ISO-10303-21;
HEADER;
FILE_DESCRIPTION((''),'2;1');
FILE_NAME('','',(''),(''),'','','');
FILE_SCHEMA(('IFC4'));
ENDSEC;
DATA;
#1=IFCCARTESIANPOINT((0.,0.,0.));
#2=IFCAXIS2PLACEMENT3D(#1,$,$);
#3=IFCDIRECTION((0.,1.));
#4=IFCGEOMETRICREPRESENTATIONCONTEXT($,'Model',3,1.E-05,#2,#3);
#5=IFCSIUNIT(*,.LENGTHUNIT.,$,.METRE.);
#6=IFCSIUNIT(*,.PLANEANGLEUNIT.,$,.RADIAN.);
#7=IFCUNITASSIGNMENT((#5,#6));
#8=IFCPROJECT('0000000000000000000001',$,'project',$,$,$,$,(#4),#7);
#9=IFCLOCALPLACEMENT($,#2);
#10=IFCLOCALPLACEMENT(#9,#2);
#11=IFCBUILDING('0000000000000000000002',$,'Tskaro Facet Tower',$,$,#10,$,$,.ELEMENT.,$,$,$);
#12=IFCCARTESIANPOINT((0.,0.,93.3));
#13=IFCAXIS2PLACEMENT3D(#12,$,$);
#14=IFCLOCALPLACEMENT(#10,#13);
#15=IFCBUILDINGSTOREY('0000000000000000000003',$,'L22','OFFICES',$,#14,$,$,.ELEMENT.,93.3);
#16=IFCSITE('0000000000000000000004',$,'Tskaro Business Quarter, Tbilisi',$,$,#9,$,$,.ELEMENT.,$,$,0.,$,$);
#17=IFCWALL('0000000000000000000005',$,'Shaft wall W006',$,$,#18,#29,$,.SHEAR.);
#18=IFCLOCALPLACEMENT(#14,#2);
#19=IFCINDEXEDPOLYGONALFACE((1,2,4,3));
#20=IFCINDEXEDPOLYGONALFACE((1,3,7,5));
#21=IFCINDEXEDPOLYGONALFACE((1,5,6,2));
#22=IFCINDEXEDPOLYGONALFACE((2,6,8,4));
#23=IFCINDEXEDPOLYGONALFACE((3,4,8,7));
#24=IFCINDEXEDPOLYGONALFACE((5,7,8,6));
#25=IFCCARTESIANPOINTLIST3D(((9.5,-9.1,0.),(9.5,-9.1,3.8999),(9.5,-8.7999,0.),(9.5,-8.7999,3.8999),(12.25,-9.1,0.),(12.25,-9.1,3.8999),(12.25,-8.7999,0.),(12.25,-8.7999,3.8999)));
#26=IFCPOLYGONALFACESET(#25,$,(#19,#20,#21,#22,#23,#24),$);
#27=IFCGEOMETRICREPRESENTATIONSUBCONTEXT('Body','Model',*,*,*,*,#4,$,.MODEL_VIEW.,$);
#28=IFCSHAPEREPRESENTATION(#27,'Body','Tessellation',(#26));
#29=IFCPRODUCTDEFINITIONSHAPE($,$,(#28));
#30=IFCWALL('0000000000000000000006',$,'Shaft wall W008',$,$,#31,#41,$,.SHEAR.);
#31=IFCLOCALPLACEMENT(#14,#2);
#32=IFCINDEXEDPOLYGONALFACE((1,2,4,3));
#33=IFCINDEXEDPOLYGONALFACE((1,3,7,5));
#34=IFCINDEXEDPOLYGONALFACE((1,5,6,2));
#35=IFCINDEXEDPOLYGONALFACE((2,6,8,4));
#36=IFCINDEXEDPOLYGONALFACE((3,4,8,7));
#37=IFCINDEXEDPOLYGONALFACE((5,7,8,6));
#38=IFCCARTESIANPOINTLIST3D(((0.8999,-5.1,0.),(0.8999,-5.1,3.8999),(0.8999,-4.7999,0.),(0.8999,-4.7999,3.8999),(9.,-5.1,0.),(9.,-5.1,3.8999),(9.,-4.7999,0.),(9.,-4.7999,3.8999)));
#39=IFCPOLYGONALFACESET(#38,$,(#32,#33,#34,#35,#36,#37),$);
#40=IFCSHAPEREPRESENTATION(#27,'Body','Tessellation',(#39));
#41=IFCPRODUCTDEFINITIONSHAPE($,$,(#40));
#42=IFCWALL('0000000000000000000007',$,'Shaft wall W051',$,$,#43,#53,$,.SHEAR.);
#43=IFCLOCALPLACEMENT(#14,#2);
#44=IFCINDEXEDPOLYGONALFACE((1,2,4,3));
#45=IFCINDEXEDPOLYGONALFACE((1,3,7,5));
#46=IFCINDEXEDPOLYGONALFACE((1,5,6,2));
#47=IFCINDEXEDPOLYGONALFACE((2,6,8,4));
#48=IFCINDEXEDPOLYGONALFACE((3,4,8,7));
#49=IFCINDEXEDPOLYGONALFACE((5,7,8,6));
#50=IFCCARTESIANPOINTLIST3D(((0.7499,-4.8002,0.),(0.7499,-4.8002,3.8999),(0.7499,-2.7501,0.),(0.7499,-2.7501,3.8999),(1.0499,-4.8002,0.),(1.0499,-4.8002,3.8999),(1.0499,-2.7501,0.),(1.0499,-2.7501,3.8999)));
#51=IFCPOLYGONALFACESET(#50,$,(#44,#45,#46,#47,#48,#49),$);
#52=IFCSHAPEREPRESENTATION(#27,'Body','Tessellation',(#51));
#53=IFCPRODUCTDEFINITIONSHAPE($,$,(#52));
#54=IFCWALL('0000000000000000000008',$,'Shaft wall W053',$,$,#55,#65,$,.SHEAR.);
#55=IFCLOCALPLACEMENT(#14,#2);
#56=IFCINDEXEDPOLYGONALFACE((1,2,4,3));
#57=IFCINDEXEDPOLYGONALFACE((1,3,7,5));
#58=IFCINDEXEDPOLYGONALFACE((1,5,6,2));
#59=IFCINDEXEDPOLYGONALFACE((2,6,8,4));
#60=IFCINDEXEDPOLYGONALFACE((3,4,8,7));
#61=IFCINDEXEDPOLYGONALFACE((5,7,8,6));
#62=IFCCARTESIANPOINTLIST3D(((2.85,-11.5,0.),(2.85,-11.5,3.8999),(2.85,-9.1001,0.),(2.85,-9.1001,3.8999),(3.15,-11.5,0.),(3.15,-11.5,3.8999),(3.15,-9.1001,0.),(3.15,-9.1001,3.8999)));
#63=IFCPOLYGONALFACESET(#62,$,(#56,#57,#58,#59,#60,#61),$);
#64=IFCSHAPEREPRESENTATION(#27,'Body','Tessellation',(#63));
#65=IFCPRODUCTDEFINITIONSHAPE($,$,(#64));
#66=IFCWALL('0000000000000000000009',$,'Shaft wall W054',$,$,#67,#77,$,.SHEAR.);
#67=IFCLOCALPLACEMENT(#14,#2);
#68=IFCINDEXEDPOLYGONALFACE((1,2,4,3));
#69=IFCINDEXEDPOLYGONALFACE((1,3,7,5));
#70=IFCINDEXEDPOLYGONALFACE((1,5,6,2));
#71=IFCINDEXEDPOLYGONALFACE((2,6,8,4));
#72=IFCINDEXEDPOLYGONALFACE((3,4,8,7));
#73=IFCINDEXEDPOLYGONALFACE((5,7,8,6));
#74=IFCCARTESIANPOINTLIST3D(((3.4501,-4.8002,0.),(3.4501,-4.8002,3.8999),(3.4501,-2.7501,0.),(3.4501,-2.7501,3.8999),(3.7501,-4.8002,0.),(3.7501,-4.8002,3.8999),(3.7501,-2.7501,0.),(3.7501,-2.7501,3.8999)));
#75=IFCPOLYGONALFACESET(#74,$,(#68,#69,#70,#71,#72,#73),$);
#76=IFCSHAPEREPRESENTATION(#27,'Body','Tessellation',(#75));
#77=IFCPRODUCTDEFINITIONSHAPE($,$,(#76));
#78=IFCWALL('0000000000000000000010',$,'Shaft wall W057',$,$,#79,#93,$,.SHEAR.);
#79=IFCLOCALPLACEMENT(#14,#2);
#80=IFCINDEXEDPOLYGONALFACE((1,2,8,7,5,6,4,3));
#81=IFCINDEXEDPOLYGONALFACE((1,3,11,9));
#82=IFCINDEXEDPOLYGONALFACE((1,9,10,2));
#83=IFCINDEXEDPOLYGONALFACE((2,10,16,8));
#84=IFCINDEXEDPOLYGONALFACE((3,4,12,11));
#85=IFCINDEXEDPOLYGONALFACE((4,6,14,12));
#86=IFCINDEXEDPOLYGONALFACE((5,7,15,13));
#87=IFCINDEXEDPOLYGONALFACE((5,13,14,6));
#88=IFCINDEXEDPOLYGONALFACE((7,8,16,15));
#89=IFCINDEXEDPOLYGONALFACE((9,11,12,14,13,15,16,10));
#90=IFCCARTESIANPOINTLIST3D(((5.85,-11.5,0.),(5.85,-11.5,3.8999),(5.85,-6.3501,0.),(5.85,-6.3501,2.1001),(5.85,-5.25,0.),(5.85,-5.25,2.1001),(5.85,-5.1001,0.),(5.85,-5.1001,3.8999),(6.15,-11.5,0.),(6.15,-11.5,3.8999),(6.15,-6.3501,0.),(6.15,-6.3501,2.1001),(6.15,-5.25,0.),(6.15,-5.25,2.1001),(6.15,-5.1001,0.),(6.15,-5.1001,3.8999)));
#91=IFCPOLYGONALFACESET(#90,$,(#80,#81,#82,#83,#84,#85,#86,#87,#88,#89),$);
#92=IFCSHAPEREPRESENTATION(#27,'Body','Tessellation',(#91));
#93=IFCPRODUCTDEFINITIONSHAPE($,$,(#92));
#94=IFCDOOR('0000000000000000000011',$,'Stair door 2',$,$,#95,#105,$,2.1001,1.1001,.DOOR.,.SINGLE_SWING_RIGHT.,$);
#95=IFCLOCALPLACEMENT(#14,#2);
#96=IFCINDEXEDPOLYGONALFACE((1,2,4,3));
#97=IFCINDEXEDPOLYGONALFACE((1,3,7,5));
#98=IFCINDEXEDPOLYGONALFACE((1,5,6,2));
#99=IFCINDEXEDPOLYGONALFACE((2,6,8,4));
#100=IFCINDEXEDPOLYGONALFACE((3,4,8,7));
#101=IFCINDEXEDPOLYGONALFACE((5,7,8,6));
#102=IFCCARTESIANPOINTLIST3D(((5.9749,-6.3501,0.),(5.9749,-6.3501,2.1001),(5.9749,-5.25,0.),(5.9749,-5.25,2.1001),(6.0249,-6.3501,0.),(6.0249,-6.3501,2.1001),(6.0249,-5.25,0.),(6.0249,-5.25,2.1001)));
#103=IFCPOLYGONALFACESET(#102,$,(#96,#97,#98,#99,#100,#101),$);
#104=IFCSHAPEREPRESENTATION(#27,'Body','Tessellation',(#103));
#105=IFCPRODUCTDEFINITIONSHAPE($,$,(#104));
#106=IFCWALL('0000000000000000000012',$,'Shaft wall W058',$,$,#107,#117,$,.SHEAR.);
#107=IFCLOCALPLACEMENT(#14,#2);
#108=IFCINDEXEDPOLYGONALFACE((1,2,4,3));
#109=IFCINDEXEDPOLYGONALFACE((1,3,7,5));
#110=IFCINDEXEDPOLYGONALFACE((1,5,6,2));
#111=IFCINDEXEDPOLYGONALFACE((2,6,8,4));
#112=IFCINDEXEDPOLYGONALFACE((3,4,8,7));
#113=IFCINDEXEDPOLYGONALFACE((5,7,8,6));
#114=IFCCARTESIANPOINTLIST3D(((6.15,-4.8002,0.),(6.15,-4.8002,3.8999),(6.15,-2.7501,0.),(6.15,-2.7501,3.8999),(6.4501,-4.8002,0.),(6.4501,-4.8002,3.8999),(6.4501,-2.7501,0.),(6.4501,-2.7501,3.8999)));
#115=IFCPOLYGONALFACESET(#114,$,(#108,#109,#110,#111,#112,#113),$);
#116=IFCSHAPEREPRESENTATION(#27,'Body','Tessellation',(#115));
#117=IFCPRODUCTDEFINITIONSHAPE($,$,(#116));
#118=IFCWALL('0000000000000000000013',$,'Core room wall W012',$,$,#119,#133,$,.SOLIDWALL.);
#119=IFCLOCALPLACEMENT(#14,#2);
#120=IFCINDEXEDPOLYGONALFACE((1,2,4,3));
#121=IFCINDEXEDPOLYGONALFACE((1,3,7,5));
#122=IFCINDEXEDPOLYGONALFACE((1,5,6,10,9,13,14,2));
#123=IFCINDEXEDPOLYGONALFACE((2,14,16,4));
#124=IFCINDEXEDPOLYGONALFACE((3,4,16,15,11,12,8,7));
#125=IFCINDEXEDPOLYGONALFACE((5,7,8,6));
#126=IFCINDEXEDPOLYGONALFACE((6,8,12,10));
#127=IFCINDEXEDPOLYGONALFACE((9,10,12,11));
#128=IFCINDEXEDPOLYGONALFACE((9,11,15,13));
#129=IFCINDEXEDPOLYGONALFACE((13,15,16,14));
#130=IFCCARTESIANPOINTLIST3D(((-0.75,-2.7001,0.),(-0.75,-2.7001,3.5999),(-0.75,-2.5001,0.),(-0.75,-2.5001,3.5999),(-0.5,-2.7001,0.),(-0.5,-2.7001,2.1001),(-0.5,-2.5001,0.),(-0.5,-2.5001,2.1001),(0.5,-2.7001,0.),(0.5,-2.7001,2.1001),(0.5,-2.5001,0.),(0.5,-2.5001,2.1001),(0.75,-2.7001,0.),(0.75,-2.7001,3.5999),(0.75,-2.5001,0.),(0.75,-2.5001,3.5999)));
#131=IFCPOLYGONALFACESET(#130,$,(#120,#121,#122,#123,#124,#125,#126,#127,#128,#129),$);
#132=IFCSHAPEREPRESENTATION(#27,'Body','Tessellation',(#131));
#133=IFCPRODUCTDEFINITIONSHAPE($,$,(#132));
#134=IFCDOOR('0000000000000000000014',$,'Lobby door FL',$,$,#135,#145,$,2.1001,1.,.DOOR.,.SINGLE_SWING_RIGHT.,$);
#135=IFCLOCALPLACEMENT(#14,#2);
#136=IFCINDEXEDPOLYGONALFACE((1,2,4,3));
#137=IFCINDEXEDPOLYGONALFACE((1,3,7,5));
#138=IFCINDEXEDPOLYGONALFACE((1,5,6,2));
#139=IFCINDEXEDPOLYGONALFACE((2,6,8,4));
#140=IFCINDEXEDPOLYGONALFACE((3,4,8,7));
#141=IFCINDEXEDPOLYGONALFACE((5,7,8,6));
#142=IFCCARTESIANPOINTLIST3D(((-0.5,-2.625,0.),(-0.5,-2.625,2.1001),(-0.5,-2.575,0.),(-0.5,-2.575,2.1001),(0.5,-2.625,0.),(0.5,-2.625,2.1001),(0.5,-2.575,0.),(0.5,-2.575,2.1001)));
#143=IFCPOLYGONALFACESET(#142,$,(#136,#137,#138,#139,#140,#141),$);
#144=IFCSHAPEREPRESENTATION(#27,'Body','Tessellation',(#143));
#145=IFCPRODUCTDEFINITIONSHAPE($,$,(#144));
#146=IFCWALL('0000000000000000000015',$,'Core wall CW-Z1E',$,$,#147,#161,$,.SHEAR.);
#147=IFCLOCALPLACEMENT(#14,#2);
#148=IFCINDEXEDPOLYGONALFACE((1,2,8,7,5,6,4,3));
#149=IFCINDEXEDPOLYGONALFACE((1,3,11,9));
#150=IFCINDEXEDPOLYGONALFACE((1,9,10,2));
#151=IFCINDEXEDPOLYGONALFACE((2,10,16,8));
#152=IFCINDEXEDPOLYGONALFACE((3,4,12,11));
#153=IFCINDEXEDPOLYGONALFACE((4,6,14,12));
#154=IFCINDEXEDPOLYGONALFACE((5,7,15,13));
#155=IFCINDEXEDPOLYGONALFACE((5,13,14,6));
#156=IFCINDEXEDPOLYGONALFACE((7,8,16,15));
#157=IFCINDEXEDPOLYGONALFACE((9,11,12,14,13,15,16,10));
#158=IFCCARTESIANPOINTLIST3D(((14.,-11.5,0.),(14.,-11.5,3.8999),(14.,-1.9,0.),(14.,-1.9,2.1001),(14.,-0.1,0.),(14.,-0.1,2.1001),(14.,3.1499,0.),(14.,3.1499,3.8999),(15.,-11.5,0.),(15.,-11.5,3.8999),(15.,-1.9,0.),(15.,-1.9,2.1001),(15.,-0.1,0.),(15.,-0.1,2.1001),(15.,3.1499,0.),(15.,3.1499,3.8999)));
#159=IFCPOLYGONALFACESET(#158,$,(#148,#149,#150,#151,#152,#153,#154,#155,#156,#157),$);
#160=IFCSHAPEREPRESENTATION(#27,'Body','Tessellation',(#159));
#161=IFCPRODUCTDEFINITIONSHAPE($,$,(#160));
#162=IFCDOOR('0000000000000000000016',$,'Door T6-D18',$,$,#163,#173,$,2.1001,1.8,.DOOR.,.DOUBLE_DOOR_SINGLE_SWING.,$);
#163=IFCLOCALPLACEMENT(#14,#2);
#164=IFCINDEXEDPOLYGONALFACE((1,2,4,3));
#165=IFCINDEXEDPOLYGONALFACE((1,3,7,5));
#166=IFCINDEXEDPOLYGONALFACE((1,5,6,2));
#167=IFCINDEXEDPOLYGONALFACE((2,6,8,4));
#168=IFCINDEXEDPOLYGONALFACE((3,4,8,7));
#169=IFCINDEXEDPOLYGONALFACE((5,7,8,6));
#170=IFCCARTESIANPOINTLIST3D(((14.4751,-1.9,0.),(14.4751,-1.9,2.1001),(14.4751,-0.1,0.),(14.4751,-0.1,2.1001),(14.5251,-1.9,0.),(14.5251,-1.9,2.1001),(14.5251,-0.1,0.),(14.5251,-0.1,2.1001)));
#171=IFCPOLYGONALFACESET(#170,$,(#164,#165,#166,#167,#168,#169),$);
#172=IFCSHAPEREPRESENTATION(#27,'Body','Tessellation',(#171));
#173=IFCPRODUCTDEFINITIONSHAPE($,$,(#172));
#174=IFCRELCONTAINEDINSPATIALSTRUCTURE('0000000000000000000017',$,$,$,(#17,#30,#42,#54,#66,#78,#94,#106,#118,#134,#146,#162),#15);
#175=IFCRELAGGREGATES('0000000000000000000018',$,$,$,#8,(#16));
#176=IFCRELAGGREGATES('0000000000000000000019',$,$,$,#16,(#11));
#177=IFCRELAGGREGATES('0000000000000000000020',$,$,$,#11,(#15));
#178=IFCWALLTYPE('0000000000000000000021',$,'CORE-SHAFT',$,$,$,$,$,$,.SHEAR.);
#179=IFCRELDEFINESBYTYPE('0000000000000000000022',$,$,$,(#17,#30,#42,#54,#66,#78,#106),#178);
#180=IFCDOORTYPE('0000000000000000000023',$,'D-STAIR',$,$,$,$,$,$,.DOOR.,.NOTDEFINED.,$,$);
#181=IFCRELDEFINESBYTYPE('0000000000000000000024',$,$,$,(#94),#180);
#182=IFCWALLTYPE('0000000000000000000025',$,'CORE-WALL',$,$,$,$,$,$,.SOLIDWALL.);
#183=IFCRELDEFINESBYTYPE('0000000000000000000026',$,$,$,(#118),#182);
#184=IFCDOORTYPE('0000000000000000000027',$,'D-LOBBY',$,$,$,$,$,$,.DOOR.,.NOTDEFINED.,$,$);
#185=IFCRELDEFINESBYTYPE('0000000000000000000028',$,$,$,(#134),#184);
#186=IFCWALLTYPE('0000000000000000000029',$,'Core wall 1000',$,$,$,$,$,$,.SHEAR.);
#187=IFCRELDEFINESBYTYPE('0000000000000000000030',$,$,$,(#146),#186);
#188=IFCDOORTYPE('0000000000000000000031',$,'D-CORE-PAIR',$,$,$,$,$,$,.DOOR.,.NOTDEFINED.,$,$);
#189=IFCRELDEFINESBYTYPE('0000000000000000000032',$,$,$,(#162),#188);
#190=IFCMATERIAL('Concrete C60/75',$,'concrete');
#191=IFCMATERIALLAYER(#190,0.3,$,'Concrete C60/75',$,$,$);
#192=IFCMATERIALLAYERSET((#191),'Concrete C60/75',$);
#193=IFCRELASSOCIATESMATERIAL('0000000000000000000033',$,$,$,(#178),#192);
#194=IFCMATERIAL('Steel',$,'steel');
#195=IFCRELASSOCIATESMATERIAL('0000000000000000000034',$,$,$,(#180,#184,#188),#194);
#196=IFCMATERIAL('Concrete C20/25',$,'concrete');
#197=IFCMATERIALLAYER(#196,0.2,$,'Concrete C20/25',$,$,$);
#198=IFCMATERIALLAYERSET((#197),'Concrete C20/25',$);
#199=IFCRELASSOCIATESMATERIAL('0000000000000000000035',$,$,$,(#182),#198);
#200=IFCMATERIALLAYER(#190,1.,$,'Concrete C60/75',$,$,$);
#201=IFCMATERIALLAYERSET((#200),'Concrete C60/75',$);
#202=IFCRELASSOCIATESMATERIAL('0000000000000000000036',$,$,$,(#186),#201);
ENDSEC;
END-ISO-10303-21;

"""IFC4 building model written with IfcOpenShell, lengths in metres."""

from ifc_helpers import new_model, si_unit, direction, frame, frame_2d, origin, place, context, subcontext, project, spatial, rectangle, extrude, material, layer, layer_set, type_object, element, fill, save


model = new_model("IFC4")

# Units and contexts
model_context = context("Model", 3, precision=1e-05, world=origin(), true_north=direction((0.0, 1.0)))
body_context = subcontext(model_context, "Body", "Model", "MODEL_VIEW")
ifc_project = project(units=[si_unit("LENGTHUNIT", "METRE"), si_unit("PLANEANGLEUNIT", "RADIAN")], contexts=[model_context])

# Site, building, storey
site_placement = place(None, origin())
site = spatial("IfcSite", under=ifc_project, at=site_placement, Name="Tskaro Business Quarter, Tbilisi", CompositionType="ELEMENT", RefElevation=0.0)
building_placement = place(site_placement, origin())
building = spatial("IfcBuilding", under=site, at=building_placement, Name="Tskaro Facet Tower", CompositionType="ELEMENT")
storey_placement = place(building_placement, frame((0.0, 0.0, 93.3)))
storey = spatial("IfcBuildingStorey", under=building, at=storey_placement, Name="L22", Description="OFFICES", CompositionType="ELEMENT", Elevation=93.3)

# Walls
ifc_material_1 = material(Name="Concrete C60/75", Category="concrete")
ifc_layer_1 = layer(ifc_material_1, 0.3, Name="Concrete C60/75")
ifc_layer_set_1 = layer_set([ifc_layer_1], Name="Concrete C60/75")
wall_type_1 = type_object("IfcWallType", Name="CORE-SHAFT", PredefinedType="SHEAR", material=ifc_layer_set_1)
wall_1_placement = place(storey_placement, frame((9.5, -8.95, 0.0), z_axis=(0.0, 0.0, 1.0), x_axis=(1.0, 0.0, 0.0)))
element("IfcWall", 1, at=wall_1_placement, inside=storey, type_object=wall_type_1, Name="Shaft wall W006", PredefinedType="SHEAR", context=body_context, shape_type="SweptSolid", body=[
    extrude(rectangle(XDim=2.75, YDim=0.3, at=frame_2d((1.375, 0.0))), origin(), (0.0, 0.0, 1.0), 3.8999),
])
wall_2_placement = place(storey_placement, frame((0.8999, -4.95, 0.0), z_axis=(0.0, 0.0, 1.0), x_axis=(1.0, 0.0, 0.0)))
element("IfcWall", 2, at=wall_2_placement, inside=storey, type_object=wall_type_1, Name="Shaft wall W008", PredefinedType="SHEAR", context=body_context, shape_type="SweptSolid", body=[
    extrude(rectangle(XDim=8.1001, YDim=0.3, at=frame_2d((4.05, 0.0))), origin(), (0.0, 0.0, 1.0), 3.8999),
])
wall_3_placement = place(storey_placement, frame((0.8999, -4.8, 0.0), z_axis=(0.0, 0.0, 1.0), x_axis=(0.0, 1.0, 0.0)))
element("IfcWall", 3, at=wall_3_placement, inside=storey, type_object=wall_type_1, Name="Shaft wall W051", PredefinedType="SHEAR", context=body_context, shape_type="SweptSolid", body=[
    extrude(rectangle(XDim=2.05, YDim=0.3, at=frame_2d((1.0249, 0.0))), origin(), (0.0, 0.0, 1.0), 3.8999),
])
wall_4_placement = place(storey_placement, frame((3.0, -11.5, 0.0), z_axis=(0.0, 0.0, 1.0), x_axis=(0.0, 1.0, 0.0)))
element("IfcWall", 4, at=wall_4_placement, inside=storey, type_object=wall_type_1, Name="Shaft wall W053", PredefinedType="SHEAR", context=body_context, shape_type="SweptSolid", body=[
    extrude(rectangle(XDim=2.3999, YDim=0.3, at=frame_2d((1.2, 0.0))), origin(), (0.0, 0.0, 1.0), 3.8999),
])
wall_5_placement = place(storey_placement, frame((3.6001, -4.8, 0.0), z_axis=(0.0, 0.0, 1.0), x_axis=(0.0, 1.0, 0.0)))
element("IfcWall", 5, at=wall_5_placement, inside=storey, type_object=wall_type_1, Name="Shaft wall W054", PredefinedType="SHEAR", context=body_context, shape_type="SweptSolid", body=[
    extrude(rectangle(XDim=2.05, YDim=0.3, at=frame_2d((1.0249, 0.0))), origin(), (0.0, 0.0, 1.0), 3.8999),
])

# Wall, opening, door
wall_6_placement = place(storey_placement, frame((6.0, -5.1001, 0.0), z_axis=(0.0, 0.0, 1.0), x_axis=(0.0, -1.0, 0.0)))
wall_6 = element("IfcWall", 6, at=wall_6_placement, inside=storey, type_object=wall_type_1, Name="Shaft wall W057", PredefinedType="SHEAR", context=body_context, shape_type="SweptSolid", body=[
    extrude(rectangle(XDim=6.3999, YDim=0.3, at=frame_2d((3.2, 0.0))), origin(), (0.0, 0.0, 1.0), 3.8999),
])
opening_1_placement = place(wall_6_placement, frame((0.1499, 0.0, 0.0)))
opening_1 = element("IfcOpeningElement", 7, at=opening_1_placement, cuts=wall_6, PredefinedType="OPENING", context=body_context, shape_type="SweptSolid", body=[
    extrude(rectangle(XDim=1.1001, YDim=2.1001, at=frame_2d((0.55, 1.05))), frame((0.0, 0.1599, 0.0), z_axis=(0.0, -1.0, 0.0), x_axis=(1.0, 0.0, 0.0)), (0.0, 0.0, 1.0), 0.3201),
])
ifc_material_2 = material(Name="Steel", Category="steel")
door_type_1 = type_object("IfcDoorType", Name="D-STAIR", OperationType="NOTDEFINED", PredefinedType="DOOR", material=ifc_material_2)
door_1_placement = place(opening_1_placement, origin())
door_1 = element("IfcDoor", 8, at=door_1_placement, inside=storey, type_object=door_type_1, Name="Stair door 2", OperationType="SINGLE_SWING_RIGHT", OverallHeight=2.1001, OverallWidth=1.1001, PredefinedType="DOOR", context=body_context, shape_type="SweptSolid", body=[
    extrude(rectangle(XDim=1.1001, YDim=2.1001, at=frame_2d((0.55, 1.05))), frame((0.0, 0.0249, 0.0), z_axis=(0.0, -1.0, 0.0), x_axis=(1.0, 0.0, 0.0)), (0.0, 0.0, 1.0), 0.05),
])
fill(opening_1, door_1)

# Wall
wall_7_placement = place(storey_placement, frame((6.3, -4.8, 0.0), z_axis=(0.0, 0.0, 1.0), x_axis=(0.0, 1.0, 0.0)))
element("IfcWall", 9, at=wall_7_placement, inside=storey, type_object=wall_type_1, Name="Shaft wall W058", PredefinedType="SHEAR", context=body_context, shape_type="SweptSolid", body=[
    extrude(rectangle(XDim=2.05, YDim=0.3, at=frame_2d((1.0249, 0.0))), origin(), (0.0, 0.0, 1.0), 3.8999),
])

# Walls, openings, doors
ifc_material_3 = material(Name="Concrete C20/25", Category="concrete")
ifc_layer_2 = layer(ifc_material_3, 0.2, Name="Concrete C20/25")
ifc_layer_set_2 = layer_set([ifc_layer_2], Name="Concrete C20/25")
wall_type_2 = type_object("IfcWallType", Name="CORE-WALL", PredefinedType="SOLIDWALL", material=ifc_layer_set_2)
wall_8_placement = place(storey_placement, frame((0.75, -2.6001, 0.0), z_axis=(0.0, 0.0, 1.0), x_axis=(-1.0, 0.0, 0.0)))
wall_8 = element("IfcWall", 10, at=wall_8_placement, inside=storey, type_object=wall_type_2, Name="Core room wall W012", PredefinedType="SOLIDWALL", context=body_context, shape_type="SweptSolid", body=[
    extrude(rectangle(XDim=1.5, YDim=0.2, at=frame_2d((0.75, 0.0))), origin(), (0.0, 0.0, 1.0), 3.5999),
])
opening_2_placement = place(wall_8_placement, frame((0.25, 0.0, 0.0)))
opening_2 = element("IfcOpeningElement", 11, at=opening_2_placement, cuts=wall_8, PredefinedType="OPENING", context=body_context, shape_type="SweptSolid", body=[
    extrude(rectangle(XDim=1.0, YDim=2.1001, at=frame_2d((0.5, 1.05))), frame((0.0, 0.1099, 0.0), z_axis=(0.0, -1.0, 0.0), x_axis=(1.0, 0.0, 0.0)), (0.0, 0.0, 1.0), 0.22),
])
door_type_2 = type_object("IfcDoorType", Name="D-LOBBY", OperationType="NOTDEFINED", PredefinedType="DOOR", material=ifc_material_2)
door_2_placement = place(opening_2_placement, origin())
door_2 = element("IfcDoor", 12, at=door_2_placement, inside=storey, type_object=door_type_2, Name="Lobby door FL", OperationType="SINGLE_SWING_RIGHT", OverallHeight=2.1001, OverallWidth=1.0, PredefinedType="DOOR", context=body_context, shape_type="SweptSolid", body=[
    extrude(rectangle(XDim=1.0, YDim=2.1001, at=frame_2d((0.5, 1.05))), frame((0.0, 0.0249, 0.0), z_axis=(0.0, -1.0, 0.0), x_axis=(1.0, 0.0, 0.0)), (0.0, 0.0, 1.0), 0.05),
])
fill(opening_2, door_2)
ifc_layer_3 = layer(ifc_material_1, 1.0, Name="Concrete C60/75")
ifc_layer_set_3 = layer_set([ifc_layer_3], Name="Concrete C60/75")
wall_type_3 = type_object("IfcWallType", Name="Core wall 1000", PredefinedType="SHEAR", material=ifc_layer_set_3)
wall_9_placement = place(storey_placement, frame((14.5, -11.5, 0.0), z_axis=(0.0, 0.0, 1.0), x_axis=(0.0, 1.0, 0.0)))
wall_9 = element("IfcWall", 13, at=wall_9_placement, inside=storey, type_object=wall_type_3, Name="Core wall CW-Z1E", PredefinedType="SHEAR", context=body_context, shape_type="SweptSolid", body=[
    extrude(rectangle(XDim=14.6499, YDim=1.0, at=frame_2d((7.325, 0.0))), origin(), (0.0, 0.0, 1.0), 3.8999),
])
opening_3_placement = place(wall_9_placement, frame((9.6001, 0.0, 0.0)))
opening_3 = element("IfcOpeningElement", 14, at=opening_3_placement, cuts=wall_9, PredefinedType="OPENING", context=body_context, shape_type="SweptSolid", body=[
    extrude(rectangle(XDim=1.8, YDim=2.1001, at=frame_2d((0.8999, 1.05))), frame((0.0, 0.51, 0.0), z_axis=(0.0, -1.0, 0.0), x_axis=(1.0, 0.0, 0.0)), (0.0, 0.0, 1.0), 1.02),
])
door_type_3 = type_object("IfcDoorType", Name="D-CORE-PAIR", OperationType="NOTDEFINED", PredefinedType="DOOR", material=ifc_material_2)
door_3_placement = place(opening_3_placement, origin())
door_3 = element("IfcDoor", 15, at=door_3_placement, inside=storey, type_object=door_type_3, Name="Door T6-D18", OperationType="DOUBLE_DOOR_SINGLE_SWING", OverallHeight=2.1001, OverallWidth=1.8, PredefinedType="DOOR", context=body_context, shape_type="SweptSolid", body=[
    extrude(rectangle(XDim=1.8, YDim=2.1001, at=frame_2d((0.8999, 1.05))), frame((0.0, 0.0249, 0.0), z_axis=(0.0, -1.0, 0.0), x_axis=(1.0, 0.0, 0.0)), (0.0, 0.0, 1.0), 0.05),
])
fill(opening_3, door_3)

save(model, "model.ifc")
